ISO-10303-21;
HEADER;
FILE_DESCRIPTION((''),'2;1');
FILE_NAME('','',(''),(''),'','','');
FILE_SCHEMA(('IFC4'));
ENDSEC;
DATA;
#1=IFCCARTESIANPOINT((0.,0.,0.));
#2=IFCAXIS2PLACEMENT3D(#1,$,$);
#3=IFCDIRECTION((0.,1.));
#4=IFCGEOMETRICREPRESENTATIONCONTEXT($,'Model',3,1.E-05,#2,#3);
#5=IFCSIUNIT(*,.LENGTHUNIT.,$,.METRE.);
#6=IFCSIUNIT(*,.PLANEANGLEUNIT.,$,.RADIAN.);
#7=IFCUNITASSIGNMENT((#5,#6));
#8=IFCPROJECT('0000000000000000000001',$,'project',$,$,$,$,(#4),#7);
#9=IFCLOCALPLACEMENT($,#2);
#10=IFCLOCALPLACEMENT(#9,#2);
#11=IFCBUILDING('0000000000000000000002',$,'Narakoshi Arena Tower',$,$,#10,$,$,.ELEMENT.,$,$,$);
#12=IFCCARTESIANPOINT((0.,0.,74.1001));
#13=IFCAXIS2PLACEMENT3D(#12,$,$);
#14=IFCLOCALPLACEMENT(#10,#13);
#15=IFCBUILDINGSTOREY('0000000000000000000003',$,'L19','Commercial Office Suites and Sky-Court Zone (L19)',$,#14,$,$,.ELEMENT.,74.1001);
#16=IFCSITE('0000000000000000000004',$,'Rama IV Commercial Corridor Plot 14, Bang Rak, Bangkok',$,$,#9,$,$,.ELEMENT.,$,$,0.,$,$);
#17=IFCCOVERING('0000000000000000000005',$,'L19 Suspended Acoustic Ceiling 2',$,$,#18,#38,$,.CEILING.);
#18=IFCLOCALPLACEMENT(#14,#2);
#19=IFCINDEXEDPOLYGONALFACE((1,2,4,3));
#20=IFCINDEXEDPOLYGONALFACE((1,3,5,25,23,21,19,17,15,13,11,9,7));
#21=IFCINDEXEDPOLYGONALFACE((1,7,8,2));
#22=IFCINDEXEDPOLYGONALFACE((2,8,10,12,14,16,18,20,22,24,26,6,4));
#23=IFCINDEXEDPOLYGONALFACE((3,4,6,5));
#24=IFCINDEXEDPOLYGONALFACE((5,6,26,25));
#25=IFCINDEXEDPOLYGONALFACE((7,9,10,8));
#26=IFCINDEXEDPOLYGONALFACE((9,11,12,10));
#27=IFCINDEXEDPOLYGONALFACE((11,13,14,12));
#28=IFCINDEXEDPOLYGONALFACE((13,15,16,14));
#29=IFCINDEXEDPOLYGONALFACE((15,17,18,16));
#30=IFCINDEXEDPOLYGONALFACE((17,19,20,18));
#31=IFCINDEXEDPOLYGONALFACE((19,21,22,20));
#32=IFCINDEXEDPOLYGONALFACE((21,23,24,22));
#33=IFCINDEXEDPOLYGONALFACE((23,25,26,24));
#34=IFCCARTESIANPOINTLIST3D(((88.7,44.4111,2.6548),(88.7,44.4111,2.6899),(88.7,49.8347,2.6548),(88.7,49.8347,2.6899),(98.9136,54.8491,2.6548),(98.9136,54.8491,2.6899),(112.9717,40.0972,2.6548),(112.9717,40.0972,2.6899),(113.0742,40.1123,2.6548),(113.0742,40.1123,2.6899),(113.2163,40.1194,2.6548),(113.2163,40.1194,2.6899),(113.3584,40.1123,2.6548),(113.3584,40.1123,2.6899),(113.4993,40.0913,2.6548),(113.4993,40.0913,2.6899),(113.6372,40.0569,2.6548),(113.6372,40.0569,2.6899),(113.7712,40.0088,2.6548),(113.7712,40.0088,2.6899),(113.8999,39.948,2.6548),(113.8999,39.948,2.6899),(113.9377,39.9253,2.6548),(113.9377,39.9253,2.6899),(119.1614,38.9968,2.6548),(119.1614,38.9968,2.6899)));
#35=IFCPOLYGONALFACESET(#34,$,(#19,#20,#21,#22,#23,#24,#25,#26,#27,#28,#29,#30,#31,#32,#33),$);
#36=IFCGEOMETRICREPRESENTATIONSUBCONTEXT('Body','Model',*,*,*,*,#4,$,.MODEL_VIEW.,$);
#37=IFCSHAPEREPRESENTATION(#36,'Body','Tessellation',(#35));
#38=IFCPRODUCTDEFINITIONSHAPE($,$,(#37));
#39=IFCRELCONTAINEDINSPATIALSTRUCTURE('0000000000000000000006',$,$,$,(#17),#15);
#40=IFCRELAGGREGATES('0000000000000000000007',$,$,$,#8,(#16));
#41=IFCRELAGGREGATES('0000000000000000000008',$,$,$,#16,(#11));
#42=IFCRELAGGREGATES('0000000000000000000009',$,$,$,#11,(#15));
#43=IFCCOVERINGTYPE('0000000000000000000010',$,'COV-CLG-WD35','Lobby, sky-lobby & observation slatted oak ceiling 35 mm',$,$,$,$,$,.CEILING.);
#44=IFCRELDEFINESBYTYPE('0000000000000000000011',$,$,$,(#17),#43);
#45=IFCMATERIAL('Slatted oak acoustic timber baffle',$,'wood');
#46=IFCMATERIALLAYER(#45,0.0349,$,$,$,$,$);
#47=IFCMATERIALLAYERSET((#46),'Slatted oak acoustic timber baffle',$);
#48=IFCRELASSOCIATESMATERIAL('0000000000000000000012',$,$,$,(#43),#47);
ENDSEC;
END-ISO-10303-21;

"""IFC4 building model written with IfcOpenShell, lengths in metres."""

from ifc_helpers import new_model, si_unit, direction, frame, origin, place, context, subcontext, project, spatial, polyline, outline, extrude, material, layer, layer_set, type_object, element, save


model = new_model("IFC4")

# Units and contexts
model_context = context("Model", 3, precision=1e-05, world=origin(), true_north=direction((0.0, 1.0)))
body_context = subcontext(model_context, "Body", "Model", "MODEL_VIEW")
ifc_project = project(units=[si_unit("LENGTHUNIT", "METRE"), si_unit("PLANEANGLEUNIT", "RADIAN")], contexts=[model_context])

# Site, building, storey
site_placement = place(None, origin())
site = spatial("IfcSite", under=ifc_project, at=site_placement, Name="Rama IV Commercial Corridor Plot 14, Bang Rak, Bangkok", CompositionType="ELEMENT", RefElevation=0.0)
building_placement = place(site_placement, origin())
building = spatial("IfcBuilding", under=site, at=building_placement, Name="Narakoshi Arena Tower", CompositionType="ELEMENT")
storey_placement = place(building_placement, frame((0.0, 0.0, 74.1001)))
storey = spatial("IfcBuildingStorey", under=building, at=storey_placement, Name="L19", Description="Commercial Office Suites and Sky-Court Zone (L19)", CompositionType="ELEMENT", Elevation=74.1001)

# Covering
ifc_material_1 = material(Name="Slatted oak acoustic timber baffle", Category="wood")
ifc_layer_1 = layer(ifc_material_1, 0.0349)
ifc_layer_set_1 = layer_set([ifc_layer_1], Name="Slatted oak acoustic timber baffle")
covering_type_1 = type_object("IfcCoveringType", Name="COV-CLG-WD35", Description="Lobby, sky-lobby & observation slatted oak ceiling 35 mm", PredefinedType="CEILING", material=ifc_layer_set_1)
covering_1_placement = place(storey_placement, frame((0.0, 0.0, 2.6548)))
element("IfcCovering", 1, at=covering_1_placement, inside=storey, type_object=covering_type_1, Name="L19 Suspended Acoustic Ceiling 2", PredefinedType="CEILING", context=body_context, shape_type="SweptSolid", body=[
    extrude(outline(polyline([(113.9377, 39.9253), (113.8999, 39.948), (113.7712, 40.0088), (113.6372, 40.0569), (113.4993, 40.0913), (113.3584, 40.1123), (113.2163, 40.1194), (113.0742, 40.1123), (112.9717, 40.0972), (88.7, 44.4111), (88.7, 49.8347), (98.9136, 54.8491), (119.1614, 38.9968), (113.9377, 39.9253)])), origin(), (0.0, 0.0, 1.0), 0.0352),
])

save(model, "model.ifc")
